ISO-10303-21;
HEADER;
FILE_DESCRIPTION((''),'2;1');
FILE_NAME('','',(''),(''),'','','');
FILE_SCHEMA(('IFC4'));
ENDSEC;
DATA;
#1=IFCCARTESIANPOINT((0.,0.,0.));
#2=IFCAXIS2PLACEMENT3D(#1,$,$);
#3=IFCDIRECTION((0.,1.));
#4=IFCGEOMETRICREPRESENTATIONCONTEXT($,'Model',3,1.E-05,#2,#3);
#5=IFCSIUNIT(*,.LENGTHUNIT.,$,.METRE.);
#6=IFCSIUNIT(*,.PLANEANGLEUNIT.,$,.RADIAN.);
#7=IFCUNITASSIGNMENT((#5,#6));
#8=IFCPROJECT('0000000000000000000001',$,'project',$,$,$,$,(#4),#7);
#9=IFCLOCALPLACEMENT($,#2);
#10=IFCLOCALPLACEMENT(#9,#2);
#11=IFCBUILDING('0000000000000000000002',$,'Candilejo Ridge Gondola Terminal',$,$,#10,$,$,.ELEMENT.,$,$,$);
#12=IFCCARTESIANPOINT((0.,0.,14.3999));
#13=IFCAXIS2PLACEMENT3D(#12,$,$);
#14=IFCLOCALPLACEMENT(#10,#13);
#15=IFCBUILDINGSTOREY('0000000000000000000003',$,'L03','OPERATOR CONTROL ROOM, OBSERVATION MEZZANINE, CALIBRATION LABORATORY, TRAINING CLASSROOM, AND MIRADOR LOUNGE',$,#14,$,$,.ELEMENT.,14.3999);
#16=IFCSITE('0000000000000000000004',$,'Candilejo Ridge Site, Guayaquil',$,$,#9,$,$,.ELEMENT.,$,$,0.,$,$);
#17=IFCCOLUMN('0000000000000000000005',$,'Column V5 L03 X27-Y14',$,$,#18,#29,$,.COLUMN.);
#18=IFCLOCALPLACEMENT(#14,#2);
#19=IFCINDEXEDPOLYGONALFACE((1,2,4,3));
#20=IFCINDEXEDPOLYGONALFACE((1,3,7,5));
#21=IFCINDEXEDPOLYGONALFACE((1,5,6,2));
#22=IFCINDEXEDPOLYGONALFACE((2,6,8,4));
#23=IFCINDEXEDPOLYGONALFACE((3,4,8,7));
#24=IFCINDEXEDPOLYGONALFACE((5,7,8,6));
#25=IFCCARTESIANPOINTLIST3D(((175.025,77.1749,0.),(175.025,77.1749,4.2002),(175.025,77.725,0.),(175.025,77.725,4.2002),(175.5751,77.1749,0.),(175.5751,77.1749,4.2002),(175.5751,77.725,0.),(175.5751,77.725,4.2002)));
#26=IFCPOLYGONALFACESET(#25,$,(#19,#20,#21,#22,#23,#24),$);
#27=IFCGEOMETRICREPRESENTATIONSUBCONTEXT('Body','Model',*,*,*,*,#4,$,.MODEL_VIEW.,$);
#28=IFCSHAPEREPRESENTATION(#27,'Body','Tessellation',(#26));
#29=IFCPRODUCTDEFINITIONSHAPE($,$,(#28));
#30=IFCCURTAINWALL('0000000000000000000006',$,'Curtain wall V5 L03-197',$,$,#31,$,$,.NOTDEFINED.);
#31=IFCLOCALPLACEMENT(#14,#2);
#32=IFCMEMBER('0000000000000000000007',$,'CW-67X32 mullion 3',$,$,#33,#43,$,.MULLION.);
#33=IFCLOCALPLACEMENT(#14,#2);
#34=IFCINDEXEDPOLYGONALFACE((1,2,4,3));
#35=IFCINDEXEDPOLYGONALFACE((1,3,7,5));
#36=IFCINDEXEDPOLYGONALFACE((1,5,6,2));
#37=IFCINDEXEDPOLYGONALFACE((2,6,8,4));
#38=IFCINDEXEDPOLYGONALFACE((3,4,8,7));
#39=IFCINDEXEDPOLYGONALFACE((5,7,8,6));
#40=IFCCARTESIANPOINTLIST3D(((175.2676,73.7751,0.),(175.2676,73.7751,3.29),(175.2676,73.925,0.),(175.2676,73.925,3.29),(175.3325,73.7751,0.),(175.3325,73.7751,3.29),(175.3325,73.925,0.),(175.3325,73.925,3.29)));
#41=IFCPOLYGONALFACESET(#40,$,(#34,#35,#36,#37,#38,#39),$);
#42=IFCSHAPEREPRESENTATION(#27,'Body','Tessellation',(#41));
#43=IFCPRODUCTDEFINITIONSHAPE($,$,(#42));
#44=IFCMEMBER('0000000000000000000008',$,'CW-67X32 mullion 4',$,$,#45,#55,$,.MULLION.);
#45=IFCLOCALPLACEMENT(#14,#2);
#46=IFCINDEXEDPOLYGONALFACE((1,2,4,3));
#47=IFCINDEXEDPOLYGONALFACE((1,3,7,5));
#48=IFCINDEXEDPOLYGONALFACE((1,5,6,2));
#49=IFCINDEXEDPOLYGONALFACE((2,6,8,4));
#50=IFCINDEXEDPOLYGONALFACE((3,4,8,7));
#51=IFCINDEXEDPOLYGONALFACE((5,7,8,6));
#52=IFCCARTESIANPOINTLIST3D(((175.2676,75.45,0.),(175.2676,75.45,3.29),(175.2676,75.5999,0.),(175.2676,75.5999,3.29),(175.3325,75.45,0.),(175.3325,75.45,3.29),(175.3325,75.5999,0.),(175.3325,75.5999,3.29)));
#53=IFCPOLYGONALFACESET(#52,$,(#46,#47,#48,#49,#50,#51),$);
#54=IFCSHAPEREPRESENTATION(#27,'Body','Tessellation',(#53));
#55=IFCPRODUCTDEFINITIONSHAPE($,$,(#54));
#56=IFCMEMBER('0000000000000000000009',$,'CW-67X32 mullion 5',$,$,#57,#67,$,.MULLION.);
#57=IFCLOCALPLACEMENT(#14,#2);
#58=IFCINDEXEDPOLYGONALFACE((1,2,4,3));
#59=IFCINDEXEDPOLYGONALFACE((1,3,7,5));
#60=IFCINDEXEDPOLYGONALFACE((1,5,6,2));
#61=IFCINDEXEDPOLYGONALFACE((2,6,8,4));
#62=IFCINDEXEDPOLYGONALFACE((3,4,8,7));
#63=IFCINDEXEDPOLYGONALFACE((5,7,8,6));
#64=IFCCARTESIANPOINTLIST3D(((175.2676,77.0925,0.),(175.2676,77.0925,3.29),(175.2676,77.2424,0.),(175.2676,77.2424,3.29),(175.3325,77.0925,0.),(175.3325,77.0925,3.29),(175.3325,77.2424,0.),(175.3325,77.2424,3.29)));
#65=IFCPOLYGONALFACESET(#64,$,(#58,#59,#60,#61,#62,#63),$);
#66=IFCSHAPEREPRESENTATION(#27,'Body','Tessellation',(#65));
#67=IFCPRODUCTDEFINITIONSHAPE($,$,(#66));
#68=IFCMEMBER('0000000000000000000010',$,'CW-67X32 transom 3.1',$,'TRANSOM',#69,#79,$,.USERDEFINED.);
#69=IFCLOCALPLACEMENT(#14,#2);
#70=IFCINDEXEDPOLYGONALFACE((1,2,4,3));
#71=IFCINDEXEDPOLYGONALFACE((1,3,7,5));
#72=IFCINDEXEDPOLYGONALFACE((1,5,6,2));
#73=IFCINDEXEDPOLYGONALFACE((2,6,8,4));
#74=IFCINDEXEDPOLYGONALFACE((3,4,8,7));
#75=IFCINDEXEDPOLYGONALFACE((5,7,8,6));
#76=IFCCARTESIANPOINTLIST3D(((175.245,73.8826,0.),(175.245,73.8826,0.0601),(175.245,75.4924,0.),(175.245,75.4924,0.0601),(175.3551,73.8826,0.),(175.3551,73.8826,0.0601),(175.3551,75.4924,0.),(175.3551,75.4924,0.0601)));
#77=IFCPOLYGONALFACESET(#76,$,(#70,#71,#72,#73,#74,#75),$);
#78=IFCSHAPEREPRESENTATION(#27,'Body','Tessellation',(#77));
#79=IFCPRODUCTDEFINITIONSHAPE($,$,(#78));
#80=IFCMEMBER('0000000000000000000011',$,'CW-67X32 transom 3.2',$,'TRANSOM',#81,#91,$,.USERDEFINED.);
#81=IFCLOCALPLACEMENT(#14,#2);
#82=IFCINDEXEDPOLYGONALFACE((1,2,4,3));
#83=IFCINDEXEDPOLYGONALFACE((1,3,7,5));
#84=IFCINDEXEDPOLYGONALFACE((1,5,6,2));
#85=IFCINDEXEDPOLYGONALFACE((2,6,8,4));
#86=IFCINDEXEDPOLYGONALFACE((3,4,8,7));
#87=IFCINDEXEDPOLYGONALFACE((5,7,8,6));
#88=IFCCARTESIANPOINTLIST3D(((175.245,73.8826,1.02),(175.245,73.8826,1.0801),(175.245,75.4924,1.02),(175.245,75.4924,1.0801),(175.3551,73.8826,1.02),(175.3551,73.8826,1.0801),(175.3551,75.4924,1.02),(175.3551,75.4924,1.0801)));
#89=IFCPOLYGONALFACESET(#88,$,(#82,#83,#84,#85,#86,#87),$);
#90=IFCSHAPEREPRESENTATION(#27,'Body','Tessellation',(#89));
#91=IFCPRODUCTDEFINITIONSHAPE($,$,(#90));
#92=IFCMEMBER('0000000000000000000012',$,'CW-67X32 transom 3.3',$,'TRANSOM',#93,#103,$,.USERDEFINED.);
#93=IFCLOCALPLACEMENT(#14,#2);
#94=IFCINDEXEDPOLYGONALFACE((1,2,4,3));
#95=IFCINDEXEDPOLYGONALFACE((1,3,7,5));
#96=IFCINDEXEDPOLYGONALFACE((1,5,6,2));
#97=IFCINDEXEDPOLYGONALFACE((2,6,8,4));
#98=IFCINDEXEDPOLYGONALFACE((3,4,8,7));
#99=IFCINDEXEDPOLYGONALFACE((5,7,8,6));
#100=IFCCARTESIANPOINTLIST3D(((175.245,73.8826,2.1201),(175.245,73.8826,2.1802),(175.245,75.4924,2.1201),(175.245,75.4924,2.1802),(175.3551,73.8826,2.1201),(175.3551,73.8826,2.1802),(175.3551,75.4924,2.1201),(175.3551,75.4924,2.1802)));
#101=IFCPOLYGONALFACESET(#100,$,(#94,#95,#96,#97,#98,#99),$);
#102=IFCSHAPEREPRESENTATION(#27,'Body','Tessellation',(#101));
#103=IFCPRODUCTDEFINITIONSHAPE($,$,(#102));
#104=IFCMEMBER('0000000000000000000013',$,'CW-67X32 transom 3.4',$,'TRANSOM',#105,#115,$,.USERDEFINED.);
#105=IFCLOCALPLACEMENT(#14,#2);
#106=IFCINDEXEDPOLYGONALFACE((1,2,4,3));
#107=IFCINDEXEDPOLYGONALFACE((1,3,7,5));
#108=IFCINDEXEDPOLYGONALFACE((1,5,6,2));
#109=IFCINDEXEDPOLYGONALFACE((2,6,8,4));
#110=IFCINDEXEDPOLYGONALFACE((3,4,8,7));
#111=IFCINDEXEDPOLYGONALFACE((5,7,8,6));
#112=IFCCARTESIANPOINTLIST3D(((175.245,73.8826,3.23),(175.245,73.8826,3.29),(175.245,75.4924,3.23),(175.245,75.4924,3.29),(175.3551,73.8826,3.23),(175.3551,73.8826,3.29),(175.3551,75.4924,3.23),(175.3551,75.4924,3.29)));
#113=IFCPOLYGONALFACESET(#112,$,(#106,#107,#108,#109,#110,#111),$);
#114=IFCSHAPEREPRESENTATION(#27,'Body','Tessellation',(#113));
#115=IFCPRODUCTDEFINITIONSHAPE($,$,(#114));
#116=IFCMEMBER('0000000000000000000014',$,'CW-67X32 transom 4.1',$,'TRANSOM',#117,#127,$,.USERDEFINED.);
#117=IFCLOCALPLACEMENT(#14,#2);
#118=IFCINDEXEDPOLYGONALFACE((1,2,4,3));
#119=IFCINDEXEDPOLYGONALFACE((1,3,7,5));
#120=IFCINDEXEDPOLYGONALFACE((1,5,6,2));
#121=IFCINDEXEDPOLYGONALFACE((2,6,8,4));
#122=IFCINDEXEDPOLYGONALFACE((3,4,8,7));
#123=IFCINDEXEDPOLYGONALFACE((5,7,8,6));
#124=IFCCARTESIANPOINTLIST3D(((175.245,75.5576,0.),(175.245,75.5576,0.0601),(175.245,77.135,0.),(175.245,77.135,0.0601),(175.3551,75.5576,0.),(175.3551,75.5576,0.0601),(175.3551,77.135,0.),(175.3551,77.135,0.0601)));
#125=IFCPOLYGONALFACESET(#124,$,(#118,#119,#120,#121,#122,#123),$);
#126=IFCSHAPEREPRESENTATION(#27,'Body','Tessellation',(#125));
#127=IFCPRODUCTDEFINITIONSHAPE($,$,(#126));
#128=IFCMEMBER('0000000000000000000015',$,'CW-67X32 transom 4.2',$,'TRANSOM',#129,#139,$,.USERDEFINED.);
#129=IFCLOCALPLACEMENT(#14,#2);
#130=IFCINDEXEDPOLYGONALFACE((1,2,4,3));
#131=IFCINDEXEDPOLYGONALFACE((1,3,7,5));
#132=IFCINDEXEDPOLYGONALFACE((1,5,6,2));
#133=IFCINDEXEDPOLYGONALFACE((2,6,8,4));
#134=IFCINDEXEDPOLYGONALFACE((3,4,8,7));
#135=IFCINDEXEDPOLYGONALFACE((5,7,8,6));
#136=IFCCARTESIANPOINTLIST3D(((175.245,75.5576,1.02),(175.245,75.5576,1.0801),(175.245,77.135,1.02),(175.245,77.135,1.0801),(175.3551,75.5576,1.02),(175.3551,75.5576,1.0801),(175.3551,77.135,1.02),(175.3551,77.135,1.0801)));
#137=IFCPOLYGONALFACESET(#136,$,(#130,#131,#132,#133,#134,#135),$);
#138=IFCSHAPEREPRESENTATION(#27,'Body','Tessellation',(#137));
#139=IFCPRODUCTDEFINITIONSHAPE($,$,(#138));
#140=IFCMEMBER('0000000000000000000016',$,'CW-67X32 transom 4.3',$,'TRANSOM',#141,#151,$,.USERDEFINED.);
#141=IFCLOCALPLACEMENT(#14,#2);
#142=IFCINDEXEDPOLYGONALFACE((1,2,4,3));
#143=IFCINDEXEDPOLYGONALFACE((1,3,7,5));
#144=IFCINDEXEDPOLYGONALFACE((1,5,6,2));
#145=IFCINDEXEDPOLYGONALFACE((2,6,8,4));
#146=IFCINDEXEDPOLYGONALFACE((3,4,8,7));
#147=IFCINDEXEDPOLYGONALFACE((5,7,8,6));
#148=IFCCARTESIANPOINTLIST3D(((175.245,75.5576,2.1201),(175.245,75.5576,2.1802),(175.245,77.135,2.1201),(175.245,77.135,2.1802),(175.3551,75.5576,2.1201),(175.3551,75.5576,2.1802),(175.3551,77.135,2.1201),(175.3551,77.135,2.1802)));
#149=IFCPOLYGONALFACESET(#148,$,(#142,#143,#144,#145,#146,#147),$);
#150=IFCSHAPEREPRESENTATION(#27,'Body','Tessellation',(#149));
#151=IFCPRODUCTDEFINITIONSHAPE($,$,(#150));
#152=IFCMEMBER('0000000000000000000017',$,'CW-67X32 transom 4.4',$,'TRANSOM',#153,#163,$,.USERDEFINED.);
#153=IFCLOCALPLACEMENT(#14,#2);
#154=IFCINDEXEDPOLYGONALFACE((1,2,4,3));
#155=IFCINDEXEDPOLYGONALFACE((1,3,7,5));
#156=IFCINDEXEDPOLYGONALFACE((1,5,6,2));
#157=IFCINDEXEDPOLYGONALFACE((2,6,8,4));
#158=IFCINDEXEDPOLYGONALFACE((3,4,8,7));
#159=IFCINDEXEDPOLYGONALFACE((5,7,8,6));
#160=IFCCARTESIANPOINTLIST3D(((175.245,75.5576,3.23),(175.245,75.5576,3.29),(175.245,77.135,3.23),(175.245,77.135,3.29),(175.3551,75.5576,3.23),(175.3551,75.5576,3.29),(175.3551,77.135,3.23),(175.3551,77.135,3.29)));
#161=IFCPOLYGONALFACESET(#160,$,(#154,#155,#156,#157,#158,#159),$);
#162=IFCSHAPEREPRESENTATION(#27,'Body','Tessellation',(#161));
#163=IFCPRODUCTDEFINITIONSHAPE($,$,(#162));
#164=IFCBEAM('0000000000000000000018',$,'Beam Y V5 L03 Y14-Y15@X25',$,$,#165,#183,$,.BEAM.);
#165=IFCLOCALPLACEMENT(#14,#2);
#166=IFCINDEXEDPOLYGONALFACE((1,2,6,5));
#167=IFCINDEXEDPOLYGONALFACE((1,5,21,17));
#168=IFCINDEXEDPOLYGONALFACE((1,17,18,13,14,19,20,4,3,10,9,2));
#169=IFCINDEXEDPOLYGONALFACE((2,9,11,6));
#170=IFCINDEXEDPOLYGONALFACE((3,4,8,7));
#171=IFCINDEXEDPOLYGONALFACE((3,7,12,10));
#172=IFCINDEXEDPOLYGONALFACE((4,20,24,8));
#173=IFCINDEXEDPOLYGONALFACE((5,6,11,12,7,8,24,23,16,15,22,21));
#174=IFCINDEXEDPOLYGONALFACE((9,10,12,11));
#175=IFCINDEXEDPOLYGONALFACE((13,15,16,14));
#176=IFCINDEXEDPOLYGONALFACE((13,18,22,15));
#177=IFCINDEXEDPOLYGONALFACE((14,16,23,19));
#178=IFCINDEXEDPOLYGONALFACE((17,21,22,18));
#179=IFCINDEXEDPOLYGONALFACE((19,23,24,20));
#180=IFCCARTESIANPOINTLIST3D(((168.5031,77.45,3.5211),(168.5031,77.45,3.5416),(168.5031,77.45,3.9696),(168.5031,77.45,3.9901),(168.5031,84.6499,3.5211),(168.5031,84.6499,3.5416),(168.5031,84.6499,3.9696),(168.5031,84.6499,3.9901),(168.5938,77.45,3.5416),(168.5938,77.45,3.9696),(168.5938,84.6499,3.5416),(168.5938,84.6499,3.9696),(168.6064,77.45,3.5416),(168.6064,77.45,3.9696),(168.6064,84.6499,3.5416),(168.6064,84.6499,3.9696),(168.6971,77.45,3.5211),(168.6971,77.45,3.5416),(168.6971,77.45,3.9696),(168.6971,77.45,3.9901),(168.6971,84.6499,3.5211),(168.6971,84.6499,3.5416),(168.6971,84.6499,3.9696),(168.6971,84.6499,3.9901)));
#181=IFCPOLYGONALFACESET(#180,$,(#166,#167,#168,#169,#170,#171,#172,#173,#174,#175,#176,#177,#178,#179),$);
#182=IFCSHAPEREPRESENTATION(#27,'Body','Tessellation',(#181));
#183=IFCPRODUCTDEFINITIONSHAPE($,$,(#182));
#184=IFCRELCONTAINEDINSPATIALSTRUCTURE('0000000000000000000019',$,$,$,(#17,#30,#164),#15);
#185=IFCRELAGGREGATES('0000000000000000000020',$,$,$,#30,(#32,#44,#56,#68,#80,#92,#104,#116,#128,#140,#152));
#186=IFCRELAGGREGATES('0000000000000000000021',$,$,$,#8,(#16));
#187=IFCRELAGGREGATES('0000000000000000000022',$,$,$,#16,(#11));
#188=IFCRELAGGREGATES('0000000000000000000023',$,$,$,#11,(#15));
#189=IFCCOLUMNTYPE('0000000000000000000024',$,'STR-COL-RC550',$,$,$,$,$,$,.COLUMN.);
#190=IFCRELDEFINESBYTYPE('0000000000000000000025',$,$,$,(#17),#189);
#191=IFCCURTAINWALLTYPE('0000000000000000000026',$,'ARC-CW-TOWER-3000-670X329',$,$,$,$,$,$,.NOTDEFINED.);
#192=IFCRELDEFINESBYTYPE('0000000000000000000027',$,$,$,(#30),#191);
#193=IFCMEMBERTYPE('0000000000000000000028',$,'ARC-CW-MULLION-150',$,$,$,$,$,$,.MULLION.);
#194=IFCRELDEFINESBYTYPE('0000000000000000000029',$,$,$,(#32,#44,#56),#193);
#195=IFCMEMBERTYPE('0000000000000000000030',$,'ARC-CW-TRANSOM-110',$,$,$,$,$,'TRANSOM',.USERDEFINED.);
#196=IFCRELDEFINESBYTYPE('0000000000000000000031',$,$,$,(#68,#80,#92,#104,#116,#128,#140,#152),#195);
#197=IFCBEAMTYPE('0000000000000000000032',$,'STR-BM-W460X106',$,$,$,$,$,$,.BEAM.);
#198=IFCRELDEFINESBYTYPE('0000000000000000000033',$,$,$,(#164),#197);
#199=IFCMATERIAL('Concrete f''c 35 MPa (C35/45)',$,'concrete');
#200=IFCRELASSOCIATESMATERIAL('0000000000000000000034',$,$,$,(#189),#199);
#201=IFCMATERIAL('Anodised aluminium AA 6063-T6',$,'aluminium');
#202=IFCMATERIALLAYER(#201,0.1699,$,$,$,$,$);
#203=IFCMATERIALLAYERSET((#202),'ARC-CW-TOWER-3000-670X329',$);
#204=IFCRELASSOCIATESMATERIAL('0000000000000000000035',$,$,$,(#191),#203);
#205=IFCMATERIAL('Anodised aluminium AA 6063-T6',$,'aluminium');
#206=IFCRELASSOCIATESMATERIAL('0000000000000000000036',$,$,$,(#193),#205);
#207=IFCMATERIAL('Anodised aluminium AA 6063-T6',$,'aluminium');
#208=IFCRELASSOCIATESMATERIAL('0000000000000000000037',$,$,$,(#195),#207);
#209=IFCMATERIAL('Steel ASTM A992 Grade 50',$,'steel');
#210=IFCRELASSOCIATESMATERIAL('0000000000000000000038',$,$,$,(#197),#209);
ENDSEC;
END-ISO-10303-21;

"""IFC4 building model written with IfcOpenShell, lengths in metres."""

from ifc_helpers import new_model, si_unit, direction, frame, origin, origin_2d, place, context, subcontext, project, spatial, rectangle, i_section, extrude, material, layer, layer_set, material_profile, profile_set, type_object, element, aggregate, save


model = new_model("IFC4")

# Units and contexts
model_context = context("Model", 3, precision=1e-05, world=origin(), true_north=direction((0.0, 1.0)))
body_context = subcontext(model_context, "Body", "Model", "MODEL_VIEW")
ifc_project = project(units=[si_unit("LENGTHUNIT", "METRE"), si_unit("PLANEANGLEUNIT", "RADIAN")], contexts=[model_context])

# Site, building, storey
site_placement = place(None, origin())
site = spatial("IfcSite", under=ifc_project, at=site_placement, Name="Candilejo Ridge Site, Guayaquil", CompositionType="ELEMENT", RefElevation=0.0)
building_placement = place(site_placement, origin())
building = spatial("IfcBuilding", under=site, at=building_placement, Name="Candilejo Ridge Gondola Terminal", CompositionType="ELEMENT")
storey_placement = place(building_placement, frame((0.0, 0.0, 14.3999)))
storey = spatial("IfcBuildingStorey", under=building, at=storey_placement, Name="L03", Description="OPERATOR CONTROL ROOM, OBSERVATION MEZZANINE, CALIBRATION LABORATORY, TRAINING CLASSROOM, AND MIRADOR LOUNGE", CompositionType="ELEMENT", Elevation=14.3999)

# Column
ifc_material_1 = material(Name="Concrete f'c 35 MPa (C35/45)", Category="concrete")
ifc_material_profile_1 = material_profile(ifc_material_1, rectangle(XDim=0.55, YDim=0.55, at=origin_2d()))
ifc_profile_set_1 = profile_set([ifc_material_profile_1], Name="Concrete f'c 35 MPa (C35/45)")
column_type = type_object("IfcColumnType", Name="STR-COL-RC550", PredefinedType="COLUMN", material=ifc_profile_set_1)
column_placement = place(storey_placement, frame((175.3, 77.45, 0.0), z_axis=(0.0, 0.0, 1.0), x_axis=(1.0, 0.0, 0.0)))
element("IfcColumn", 1, at=column_placement, inside=storey, type_object=column_type, Name="Column V5 L03 X27-Y14", PredefinedType="COLUMN", context=body_context, shape_type="SweptSolid", body=[
    extrude(rectangle(XDim=0.55, YDim=0.55, at=origin_2d()), origin(), (0.0, 0.0, 1.0), 4.2002),
])

# Curtain wall, members
ifc_material_2 = material(Name="Anodised aluminium AA 6063-T6", Category="aluminium")
ifc_layer_1 = layer(ifc_material_2, 0.1699)
ifc_layer_set_1 = layer_set([ifc_layer_1], Name="ARC-CW-TOWER-3000-670X329")
curtain_wall_type = type_object("IfcCurtainWallType", Name="ARC-CW-TOWER-3000-670X329", PredefinedType="NOTDEFINED", material=ifc_layer_set_1)
curtain_wall_placement = place(storey_placement, origin())
curtain_wall = element("IfcCurtainWall", 2, at=curtain_wall_placement, inside=storey, type_object=curtain_wall_type, Name="Curtain wall V5 L03-197", PredefinedType="NOTDEFINED")
ifc_material_3 = material(Name="Anodised aluminium AA 6063-T6", Category="aluminium")
ifc_material_profile_2 = material_profile(ifc_material_3, rectangle(XDim=0.0649, YDim=0.1499, at=origin_2d()))
ifc_profile_set_2 = profile_set([ifc_material_profile_2], Name="Anodised aluminium AA 6063-T6")
member_type_1 = type_object("IfcMemberType", Name="ARC-CW-MULLION-150", PredefinedType="MULLION", material=ifc_profile_set_2)
member_1_placement = place(storey_placement, frame((175.3, 73.8501, 0.0), z_axis=(0.0, 0.0, 1.0), x_axis=(-1.0, 0.0, 0.0)))
member_1 = element("IfcMember", 3, at=member_1_placement, type_object=member_type_1, Name="CW-67X32 mullion 3", PredefinedType="MULLION", context=body_context, shape_type="SweptSolid", body=[
    extrude(rectangle(XDim=0.0649, YDim=0.1499, at=origin_2d()), origin(), (0.0, 0.0, 1.0), 3.29),
])
member_2_placement = place(storey_placement, frame((175.3, 75.5249, 0.0), z_axis=(0.0, 0.0, 1.0), x_axis=(-1.0, 0.0, 0.0)))
member_2 = element("IfcMember", 4, at=member_2_placement, type_object=member_type_1, Name="CW-67X32 mullion 4", PredefinedType="MULLION", context=body_context, shape_type="SweptSolid", body=[
    extrude(rectangle(XDim=0.0649, YDim=0.1499, at=origin_2d()), origin(), (0.0, 0.0, 1.0), 3.29),
])
member_3_placement = place(storey_placement, frame((175.3, 77.1675, 0.0), z_axis=(0.0, 0.0, 1.0), x_axis=(-1.0, 0.0, 0.0)))
member_3 = element("IfcMember", 5, at=member_3_placement, type_object=member_type_1, Name="CW-67X32 mullion 5", PredefinedType="MULLION", context=body_context, shape_type="SweptSolid", body=[
    extrude(rectangle(XDim=0.0649, YDim=0.1499, at=origin_2d()), origin(), (0.0, 0.0, 1.0), 3.29),
])
ifc_material_4 = material(Name="Anodised aluminium AA 6063-T6", Category="aluminium")
ifc_material_profile_3 = material_profile(ifc_material_4, rectangle(XDim=0.1101, YDim=0.0601, at=origin_2d()))
ifc_profile_set_3 = profile_set([ifc_material_profile_3], Name="Anodised aluminium AA 6063-T6")
member_type_2 = type_object("IfcMemberType", Name="ARC-CW-TRANSOM-110", ElementType="TRANSOM", PredefinedType="USERDEFINED", material=ifc_profile_set_3)
member_4_placement = place(storey_placement, frame((175.3, 73.8826, 0.03), z_axis=(0.0, 1.0, 0.0), x_axis=(-1.0, 0.0, 0.0)))
member_4 = element("IfcMember", 6, at=member_4_placement, type_object=member_type_2, Name="CW-67X32 transom 3.1", ObjectType="TRANSOM", PredefinedType="USERDEFINED", context=body_context, shape_type="SweptSolid", body=[
    extrude(rectangle(XDim=0.1101, YDim=0.0601, at=origin_2d()), origin(), (0.0, 0.0, 1.0), 1.6099),
])
member_5_placement = place(storey_placement, frame((175.3, 73.8826, 1.05), z_axis=(0.0, 1.0, 0.0), x_axis=(-1.0, 0.0, 0.0)))
member_5 = element("IfcMember", 7, at=member_5_placement, type_object=member_type_2, Name="CW-67X32 transom 3.2", ObjectType="TRANSOM", PredefinedType="USERDEFINED", context=body_context, shape_type="SweptSolid", body=[
    extrude(rectangle(XDim=0.1101, YDim=0.0601, at=origin_2d()), origin(), (0.0, 0.0, 1.0), 1.6099),
])
member_6_placement = place(storey_placement, frame((175.3, 73.8826, 2.1501), z_axis=(0.0, 1.0, 0.0), x_axis=(-1.0, 0.0, 0.0)))
member_6 = element("IfcMember", 8, at=member_6_placement, type_object=member_type_2, Name="CW-67X32 transom 3.3", ObjectType="TRANSOM", PredefinedType="USERDEFINED", context=body_context, shape_type="SweptSolid", body=[
    extrude(rectangle(XDim=0.1101, YDim=0.0601, at=origin_2d()), origin(), (0.0, 0.0, 1.0), 1.6099),
])
member_7_placement = place(storey_placement, frame((175.3, 73.8826, 3.26), z_axis=(0.0, 1.0, 0.0), x_axis=(-1.0, 0.0, 0.0)))
member_7 = element("IfcMember", 9, at=member_7_placement, type_object=member_type_2, Name="CW-67X32 transom 3.4", ObjectType="TRANSOM", PredefinedType="USERDEFINED", context=body_context, shape_type="SweptSolid", body=[
    extrude(rectangle(XDim=0.1101, YDim=0.0601, at=origin_2d()), origin(), (0.0, 0.0, 1.0), 1.6099),
])
member_8_placement = place(storey_placement, frame((175.3, 75.5576, 0.03), z_axis=(0.0, 1.0, 0.0), x_axis=(-1.0, 0.0, 0.0)))
member_8 = element("IfcMember", 10, at=member_8_placement, type_object=member_type_2, Name="CW-67X32 transom 4.1", ObjectType="TRANSOM", PredefinedType="USERDEFINED", context=body_context, shape_type="SweptSolid", body=[
    extrude(rectangle(XDim=0.1101, YDim=0.0601, at=origin_2d()), origin(), (0.0, 0.0, 1.0), 1.5774),
])
member_9_placement = place(storey_placement, frame((175.3, 75.5576, 1.05), z_axis=(0.0, 1.0, 0.0), x_axis=(-1.0, 0.0, 0.0)))
member_9 = element("IfcMember", 11, at=member_9_placement, type_object=member_type_2, Name="CW-67X32 transom 4.2", ObjectType="TRANSOM", PredefinedType="USERDEFINED", context=body_context, shape_type="SweptSolid", body=[
    extrude(rectangle(XDim=0.1101, YDim=0.0601, at=origin_2d()), origin(), (0.0, 0.0, 1.0), 1.5774),
])
member_10_placement = place(storey_placement, frame((175.3, 75.5576, 2.1501), z_axis=(0.0, 1.0, 0.0), x_axis=(-1.0, 0.0, 0.0)))
member_10 = element("IfcMember", 12, at=member_10_placement, type_object=member_type_2, Name="CW-67X32 transom 4.3", ObjectType="TRANSOM", PredefinedType="USERDEFINED", context=body_context, shape_type="SweptSolid", body=[
    extrude(rectangle(XDim=0.1101, YDim=0.0601, at=origin_2d()), origin(), (0.0, 0.0, 1.0), 1.5774),
])
member_11_placement = place(storey_placement, frame((175.3, 75.5576, 3.26), z_axis=(0.0, 1.0, 0.0), x_axis=(-1.0, 0.0, 0.0)))
member_11 = element("IfcMember", 13, at=member_11_placement, type_object=member_type_2, Name="CW-67X32 transom 4.4", ObjectType="TRANSOM", PredefinedType="USERDEFINED", context=body_context, shape_type="SweptSolid", body=[
    extrude(rectangle(XDim=0.1101, YDim=0.0601, at=origin_2d()), origin(), (0.0, 0.0, 1.0), 1.5774),
])

# Beam
ifc_material_5 = material(Name="Steel ASTM A992 Grade 50", Category="steel")
ifc_material_profile_4 = material_profile(ifc_material_5, i_section(OverallWidth=0.1941, OverallDepth=0.469, WebThickness=0.0127, FlangeThickness=0.0205, at=origin_2d()))
ifc_profile_set_4 = profile_set([ifc_material_profile_4], Name="Steel ASTM A992 Grade 50")
beam_type_1 = type_object("IfcBeamType", Name="STR-BM-W460X106", PredefinedType="BEAM", material=ifc_profile_set_4)
beam_1_placement = place(storey_placement, frame((168.6001, 77.45, 3.7556), z_axis=(0.0, 1.0, 0.0), x_axis=(-1.0, 0.0, 0.0)))
element("IfcBeam", 14, at=beam_1_placement, inside=storey, type_object=beam_type_1, Name="Beam Y V5 L03 Y14-Y15@X25", PredefinedType="BEAM", context=body_context, shape_type="SweptSolid", body=[
    extrude(i_section(OverallWidth=0.1941, OverallDepth=0.469, WebThickness=0.0127, FlangeThickness=0.0205, at=origin_2d()), origin(), (0.0, 0.0, 1.0), 7.2),
])

aggregate(curtain_wall, [member_1, member_2, member_3, member_4, member_5, member_6, member_7, member_8, member_9, member_10, member_11])

save(model, "model.ifc")
